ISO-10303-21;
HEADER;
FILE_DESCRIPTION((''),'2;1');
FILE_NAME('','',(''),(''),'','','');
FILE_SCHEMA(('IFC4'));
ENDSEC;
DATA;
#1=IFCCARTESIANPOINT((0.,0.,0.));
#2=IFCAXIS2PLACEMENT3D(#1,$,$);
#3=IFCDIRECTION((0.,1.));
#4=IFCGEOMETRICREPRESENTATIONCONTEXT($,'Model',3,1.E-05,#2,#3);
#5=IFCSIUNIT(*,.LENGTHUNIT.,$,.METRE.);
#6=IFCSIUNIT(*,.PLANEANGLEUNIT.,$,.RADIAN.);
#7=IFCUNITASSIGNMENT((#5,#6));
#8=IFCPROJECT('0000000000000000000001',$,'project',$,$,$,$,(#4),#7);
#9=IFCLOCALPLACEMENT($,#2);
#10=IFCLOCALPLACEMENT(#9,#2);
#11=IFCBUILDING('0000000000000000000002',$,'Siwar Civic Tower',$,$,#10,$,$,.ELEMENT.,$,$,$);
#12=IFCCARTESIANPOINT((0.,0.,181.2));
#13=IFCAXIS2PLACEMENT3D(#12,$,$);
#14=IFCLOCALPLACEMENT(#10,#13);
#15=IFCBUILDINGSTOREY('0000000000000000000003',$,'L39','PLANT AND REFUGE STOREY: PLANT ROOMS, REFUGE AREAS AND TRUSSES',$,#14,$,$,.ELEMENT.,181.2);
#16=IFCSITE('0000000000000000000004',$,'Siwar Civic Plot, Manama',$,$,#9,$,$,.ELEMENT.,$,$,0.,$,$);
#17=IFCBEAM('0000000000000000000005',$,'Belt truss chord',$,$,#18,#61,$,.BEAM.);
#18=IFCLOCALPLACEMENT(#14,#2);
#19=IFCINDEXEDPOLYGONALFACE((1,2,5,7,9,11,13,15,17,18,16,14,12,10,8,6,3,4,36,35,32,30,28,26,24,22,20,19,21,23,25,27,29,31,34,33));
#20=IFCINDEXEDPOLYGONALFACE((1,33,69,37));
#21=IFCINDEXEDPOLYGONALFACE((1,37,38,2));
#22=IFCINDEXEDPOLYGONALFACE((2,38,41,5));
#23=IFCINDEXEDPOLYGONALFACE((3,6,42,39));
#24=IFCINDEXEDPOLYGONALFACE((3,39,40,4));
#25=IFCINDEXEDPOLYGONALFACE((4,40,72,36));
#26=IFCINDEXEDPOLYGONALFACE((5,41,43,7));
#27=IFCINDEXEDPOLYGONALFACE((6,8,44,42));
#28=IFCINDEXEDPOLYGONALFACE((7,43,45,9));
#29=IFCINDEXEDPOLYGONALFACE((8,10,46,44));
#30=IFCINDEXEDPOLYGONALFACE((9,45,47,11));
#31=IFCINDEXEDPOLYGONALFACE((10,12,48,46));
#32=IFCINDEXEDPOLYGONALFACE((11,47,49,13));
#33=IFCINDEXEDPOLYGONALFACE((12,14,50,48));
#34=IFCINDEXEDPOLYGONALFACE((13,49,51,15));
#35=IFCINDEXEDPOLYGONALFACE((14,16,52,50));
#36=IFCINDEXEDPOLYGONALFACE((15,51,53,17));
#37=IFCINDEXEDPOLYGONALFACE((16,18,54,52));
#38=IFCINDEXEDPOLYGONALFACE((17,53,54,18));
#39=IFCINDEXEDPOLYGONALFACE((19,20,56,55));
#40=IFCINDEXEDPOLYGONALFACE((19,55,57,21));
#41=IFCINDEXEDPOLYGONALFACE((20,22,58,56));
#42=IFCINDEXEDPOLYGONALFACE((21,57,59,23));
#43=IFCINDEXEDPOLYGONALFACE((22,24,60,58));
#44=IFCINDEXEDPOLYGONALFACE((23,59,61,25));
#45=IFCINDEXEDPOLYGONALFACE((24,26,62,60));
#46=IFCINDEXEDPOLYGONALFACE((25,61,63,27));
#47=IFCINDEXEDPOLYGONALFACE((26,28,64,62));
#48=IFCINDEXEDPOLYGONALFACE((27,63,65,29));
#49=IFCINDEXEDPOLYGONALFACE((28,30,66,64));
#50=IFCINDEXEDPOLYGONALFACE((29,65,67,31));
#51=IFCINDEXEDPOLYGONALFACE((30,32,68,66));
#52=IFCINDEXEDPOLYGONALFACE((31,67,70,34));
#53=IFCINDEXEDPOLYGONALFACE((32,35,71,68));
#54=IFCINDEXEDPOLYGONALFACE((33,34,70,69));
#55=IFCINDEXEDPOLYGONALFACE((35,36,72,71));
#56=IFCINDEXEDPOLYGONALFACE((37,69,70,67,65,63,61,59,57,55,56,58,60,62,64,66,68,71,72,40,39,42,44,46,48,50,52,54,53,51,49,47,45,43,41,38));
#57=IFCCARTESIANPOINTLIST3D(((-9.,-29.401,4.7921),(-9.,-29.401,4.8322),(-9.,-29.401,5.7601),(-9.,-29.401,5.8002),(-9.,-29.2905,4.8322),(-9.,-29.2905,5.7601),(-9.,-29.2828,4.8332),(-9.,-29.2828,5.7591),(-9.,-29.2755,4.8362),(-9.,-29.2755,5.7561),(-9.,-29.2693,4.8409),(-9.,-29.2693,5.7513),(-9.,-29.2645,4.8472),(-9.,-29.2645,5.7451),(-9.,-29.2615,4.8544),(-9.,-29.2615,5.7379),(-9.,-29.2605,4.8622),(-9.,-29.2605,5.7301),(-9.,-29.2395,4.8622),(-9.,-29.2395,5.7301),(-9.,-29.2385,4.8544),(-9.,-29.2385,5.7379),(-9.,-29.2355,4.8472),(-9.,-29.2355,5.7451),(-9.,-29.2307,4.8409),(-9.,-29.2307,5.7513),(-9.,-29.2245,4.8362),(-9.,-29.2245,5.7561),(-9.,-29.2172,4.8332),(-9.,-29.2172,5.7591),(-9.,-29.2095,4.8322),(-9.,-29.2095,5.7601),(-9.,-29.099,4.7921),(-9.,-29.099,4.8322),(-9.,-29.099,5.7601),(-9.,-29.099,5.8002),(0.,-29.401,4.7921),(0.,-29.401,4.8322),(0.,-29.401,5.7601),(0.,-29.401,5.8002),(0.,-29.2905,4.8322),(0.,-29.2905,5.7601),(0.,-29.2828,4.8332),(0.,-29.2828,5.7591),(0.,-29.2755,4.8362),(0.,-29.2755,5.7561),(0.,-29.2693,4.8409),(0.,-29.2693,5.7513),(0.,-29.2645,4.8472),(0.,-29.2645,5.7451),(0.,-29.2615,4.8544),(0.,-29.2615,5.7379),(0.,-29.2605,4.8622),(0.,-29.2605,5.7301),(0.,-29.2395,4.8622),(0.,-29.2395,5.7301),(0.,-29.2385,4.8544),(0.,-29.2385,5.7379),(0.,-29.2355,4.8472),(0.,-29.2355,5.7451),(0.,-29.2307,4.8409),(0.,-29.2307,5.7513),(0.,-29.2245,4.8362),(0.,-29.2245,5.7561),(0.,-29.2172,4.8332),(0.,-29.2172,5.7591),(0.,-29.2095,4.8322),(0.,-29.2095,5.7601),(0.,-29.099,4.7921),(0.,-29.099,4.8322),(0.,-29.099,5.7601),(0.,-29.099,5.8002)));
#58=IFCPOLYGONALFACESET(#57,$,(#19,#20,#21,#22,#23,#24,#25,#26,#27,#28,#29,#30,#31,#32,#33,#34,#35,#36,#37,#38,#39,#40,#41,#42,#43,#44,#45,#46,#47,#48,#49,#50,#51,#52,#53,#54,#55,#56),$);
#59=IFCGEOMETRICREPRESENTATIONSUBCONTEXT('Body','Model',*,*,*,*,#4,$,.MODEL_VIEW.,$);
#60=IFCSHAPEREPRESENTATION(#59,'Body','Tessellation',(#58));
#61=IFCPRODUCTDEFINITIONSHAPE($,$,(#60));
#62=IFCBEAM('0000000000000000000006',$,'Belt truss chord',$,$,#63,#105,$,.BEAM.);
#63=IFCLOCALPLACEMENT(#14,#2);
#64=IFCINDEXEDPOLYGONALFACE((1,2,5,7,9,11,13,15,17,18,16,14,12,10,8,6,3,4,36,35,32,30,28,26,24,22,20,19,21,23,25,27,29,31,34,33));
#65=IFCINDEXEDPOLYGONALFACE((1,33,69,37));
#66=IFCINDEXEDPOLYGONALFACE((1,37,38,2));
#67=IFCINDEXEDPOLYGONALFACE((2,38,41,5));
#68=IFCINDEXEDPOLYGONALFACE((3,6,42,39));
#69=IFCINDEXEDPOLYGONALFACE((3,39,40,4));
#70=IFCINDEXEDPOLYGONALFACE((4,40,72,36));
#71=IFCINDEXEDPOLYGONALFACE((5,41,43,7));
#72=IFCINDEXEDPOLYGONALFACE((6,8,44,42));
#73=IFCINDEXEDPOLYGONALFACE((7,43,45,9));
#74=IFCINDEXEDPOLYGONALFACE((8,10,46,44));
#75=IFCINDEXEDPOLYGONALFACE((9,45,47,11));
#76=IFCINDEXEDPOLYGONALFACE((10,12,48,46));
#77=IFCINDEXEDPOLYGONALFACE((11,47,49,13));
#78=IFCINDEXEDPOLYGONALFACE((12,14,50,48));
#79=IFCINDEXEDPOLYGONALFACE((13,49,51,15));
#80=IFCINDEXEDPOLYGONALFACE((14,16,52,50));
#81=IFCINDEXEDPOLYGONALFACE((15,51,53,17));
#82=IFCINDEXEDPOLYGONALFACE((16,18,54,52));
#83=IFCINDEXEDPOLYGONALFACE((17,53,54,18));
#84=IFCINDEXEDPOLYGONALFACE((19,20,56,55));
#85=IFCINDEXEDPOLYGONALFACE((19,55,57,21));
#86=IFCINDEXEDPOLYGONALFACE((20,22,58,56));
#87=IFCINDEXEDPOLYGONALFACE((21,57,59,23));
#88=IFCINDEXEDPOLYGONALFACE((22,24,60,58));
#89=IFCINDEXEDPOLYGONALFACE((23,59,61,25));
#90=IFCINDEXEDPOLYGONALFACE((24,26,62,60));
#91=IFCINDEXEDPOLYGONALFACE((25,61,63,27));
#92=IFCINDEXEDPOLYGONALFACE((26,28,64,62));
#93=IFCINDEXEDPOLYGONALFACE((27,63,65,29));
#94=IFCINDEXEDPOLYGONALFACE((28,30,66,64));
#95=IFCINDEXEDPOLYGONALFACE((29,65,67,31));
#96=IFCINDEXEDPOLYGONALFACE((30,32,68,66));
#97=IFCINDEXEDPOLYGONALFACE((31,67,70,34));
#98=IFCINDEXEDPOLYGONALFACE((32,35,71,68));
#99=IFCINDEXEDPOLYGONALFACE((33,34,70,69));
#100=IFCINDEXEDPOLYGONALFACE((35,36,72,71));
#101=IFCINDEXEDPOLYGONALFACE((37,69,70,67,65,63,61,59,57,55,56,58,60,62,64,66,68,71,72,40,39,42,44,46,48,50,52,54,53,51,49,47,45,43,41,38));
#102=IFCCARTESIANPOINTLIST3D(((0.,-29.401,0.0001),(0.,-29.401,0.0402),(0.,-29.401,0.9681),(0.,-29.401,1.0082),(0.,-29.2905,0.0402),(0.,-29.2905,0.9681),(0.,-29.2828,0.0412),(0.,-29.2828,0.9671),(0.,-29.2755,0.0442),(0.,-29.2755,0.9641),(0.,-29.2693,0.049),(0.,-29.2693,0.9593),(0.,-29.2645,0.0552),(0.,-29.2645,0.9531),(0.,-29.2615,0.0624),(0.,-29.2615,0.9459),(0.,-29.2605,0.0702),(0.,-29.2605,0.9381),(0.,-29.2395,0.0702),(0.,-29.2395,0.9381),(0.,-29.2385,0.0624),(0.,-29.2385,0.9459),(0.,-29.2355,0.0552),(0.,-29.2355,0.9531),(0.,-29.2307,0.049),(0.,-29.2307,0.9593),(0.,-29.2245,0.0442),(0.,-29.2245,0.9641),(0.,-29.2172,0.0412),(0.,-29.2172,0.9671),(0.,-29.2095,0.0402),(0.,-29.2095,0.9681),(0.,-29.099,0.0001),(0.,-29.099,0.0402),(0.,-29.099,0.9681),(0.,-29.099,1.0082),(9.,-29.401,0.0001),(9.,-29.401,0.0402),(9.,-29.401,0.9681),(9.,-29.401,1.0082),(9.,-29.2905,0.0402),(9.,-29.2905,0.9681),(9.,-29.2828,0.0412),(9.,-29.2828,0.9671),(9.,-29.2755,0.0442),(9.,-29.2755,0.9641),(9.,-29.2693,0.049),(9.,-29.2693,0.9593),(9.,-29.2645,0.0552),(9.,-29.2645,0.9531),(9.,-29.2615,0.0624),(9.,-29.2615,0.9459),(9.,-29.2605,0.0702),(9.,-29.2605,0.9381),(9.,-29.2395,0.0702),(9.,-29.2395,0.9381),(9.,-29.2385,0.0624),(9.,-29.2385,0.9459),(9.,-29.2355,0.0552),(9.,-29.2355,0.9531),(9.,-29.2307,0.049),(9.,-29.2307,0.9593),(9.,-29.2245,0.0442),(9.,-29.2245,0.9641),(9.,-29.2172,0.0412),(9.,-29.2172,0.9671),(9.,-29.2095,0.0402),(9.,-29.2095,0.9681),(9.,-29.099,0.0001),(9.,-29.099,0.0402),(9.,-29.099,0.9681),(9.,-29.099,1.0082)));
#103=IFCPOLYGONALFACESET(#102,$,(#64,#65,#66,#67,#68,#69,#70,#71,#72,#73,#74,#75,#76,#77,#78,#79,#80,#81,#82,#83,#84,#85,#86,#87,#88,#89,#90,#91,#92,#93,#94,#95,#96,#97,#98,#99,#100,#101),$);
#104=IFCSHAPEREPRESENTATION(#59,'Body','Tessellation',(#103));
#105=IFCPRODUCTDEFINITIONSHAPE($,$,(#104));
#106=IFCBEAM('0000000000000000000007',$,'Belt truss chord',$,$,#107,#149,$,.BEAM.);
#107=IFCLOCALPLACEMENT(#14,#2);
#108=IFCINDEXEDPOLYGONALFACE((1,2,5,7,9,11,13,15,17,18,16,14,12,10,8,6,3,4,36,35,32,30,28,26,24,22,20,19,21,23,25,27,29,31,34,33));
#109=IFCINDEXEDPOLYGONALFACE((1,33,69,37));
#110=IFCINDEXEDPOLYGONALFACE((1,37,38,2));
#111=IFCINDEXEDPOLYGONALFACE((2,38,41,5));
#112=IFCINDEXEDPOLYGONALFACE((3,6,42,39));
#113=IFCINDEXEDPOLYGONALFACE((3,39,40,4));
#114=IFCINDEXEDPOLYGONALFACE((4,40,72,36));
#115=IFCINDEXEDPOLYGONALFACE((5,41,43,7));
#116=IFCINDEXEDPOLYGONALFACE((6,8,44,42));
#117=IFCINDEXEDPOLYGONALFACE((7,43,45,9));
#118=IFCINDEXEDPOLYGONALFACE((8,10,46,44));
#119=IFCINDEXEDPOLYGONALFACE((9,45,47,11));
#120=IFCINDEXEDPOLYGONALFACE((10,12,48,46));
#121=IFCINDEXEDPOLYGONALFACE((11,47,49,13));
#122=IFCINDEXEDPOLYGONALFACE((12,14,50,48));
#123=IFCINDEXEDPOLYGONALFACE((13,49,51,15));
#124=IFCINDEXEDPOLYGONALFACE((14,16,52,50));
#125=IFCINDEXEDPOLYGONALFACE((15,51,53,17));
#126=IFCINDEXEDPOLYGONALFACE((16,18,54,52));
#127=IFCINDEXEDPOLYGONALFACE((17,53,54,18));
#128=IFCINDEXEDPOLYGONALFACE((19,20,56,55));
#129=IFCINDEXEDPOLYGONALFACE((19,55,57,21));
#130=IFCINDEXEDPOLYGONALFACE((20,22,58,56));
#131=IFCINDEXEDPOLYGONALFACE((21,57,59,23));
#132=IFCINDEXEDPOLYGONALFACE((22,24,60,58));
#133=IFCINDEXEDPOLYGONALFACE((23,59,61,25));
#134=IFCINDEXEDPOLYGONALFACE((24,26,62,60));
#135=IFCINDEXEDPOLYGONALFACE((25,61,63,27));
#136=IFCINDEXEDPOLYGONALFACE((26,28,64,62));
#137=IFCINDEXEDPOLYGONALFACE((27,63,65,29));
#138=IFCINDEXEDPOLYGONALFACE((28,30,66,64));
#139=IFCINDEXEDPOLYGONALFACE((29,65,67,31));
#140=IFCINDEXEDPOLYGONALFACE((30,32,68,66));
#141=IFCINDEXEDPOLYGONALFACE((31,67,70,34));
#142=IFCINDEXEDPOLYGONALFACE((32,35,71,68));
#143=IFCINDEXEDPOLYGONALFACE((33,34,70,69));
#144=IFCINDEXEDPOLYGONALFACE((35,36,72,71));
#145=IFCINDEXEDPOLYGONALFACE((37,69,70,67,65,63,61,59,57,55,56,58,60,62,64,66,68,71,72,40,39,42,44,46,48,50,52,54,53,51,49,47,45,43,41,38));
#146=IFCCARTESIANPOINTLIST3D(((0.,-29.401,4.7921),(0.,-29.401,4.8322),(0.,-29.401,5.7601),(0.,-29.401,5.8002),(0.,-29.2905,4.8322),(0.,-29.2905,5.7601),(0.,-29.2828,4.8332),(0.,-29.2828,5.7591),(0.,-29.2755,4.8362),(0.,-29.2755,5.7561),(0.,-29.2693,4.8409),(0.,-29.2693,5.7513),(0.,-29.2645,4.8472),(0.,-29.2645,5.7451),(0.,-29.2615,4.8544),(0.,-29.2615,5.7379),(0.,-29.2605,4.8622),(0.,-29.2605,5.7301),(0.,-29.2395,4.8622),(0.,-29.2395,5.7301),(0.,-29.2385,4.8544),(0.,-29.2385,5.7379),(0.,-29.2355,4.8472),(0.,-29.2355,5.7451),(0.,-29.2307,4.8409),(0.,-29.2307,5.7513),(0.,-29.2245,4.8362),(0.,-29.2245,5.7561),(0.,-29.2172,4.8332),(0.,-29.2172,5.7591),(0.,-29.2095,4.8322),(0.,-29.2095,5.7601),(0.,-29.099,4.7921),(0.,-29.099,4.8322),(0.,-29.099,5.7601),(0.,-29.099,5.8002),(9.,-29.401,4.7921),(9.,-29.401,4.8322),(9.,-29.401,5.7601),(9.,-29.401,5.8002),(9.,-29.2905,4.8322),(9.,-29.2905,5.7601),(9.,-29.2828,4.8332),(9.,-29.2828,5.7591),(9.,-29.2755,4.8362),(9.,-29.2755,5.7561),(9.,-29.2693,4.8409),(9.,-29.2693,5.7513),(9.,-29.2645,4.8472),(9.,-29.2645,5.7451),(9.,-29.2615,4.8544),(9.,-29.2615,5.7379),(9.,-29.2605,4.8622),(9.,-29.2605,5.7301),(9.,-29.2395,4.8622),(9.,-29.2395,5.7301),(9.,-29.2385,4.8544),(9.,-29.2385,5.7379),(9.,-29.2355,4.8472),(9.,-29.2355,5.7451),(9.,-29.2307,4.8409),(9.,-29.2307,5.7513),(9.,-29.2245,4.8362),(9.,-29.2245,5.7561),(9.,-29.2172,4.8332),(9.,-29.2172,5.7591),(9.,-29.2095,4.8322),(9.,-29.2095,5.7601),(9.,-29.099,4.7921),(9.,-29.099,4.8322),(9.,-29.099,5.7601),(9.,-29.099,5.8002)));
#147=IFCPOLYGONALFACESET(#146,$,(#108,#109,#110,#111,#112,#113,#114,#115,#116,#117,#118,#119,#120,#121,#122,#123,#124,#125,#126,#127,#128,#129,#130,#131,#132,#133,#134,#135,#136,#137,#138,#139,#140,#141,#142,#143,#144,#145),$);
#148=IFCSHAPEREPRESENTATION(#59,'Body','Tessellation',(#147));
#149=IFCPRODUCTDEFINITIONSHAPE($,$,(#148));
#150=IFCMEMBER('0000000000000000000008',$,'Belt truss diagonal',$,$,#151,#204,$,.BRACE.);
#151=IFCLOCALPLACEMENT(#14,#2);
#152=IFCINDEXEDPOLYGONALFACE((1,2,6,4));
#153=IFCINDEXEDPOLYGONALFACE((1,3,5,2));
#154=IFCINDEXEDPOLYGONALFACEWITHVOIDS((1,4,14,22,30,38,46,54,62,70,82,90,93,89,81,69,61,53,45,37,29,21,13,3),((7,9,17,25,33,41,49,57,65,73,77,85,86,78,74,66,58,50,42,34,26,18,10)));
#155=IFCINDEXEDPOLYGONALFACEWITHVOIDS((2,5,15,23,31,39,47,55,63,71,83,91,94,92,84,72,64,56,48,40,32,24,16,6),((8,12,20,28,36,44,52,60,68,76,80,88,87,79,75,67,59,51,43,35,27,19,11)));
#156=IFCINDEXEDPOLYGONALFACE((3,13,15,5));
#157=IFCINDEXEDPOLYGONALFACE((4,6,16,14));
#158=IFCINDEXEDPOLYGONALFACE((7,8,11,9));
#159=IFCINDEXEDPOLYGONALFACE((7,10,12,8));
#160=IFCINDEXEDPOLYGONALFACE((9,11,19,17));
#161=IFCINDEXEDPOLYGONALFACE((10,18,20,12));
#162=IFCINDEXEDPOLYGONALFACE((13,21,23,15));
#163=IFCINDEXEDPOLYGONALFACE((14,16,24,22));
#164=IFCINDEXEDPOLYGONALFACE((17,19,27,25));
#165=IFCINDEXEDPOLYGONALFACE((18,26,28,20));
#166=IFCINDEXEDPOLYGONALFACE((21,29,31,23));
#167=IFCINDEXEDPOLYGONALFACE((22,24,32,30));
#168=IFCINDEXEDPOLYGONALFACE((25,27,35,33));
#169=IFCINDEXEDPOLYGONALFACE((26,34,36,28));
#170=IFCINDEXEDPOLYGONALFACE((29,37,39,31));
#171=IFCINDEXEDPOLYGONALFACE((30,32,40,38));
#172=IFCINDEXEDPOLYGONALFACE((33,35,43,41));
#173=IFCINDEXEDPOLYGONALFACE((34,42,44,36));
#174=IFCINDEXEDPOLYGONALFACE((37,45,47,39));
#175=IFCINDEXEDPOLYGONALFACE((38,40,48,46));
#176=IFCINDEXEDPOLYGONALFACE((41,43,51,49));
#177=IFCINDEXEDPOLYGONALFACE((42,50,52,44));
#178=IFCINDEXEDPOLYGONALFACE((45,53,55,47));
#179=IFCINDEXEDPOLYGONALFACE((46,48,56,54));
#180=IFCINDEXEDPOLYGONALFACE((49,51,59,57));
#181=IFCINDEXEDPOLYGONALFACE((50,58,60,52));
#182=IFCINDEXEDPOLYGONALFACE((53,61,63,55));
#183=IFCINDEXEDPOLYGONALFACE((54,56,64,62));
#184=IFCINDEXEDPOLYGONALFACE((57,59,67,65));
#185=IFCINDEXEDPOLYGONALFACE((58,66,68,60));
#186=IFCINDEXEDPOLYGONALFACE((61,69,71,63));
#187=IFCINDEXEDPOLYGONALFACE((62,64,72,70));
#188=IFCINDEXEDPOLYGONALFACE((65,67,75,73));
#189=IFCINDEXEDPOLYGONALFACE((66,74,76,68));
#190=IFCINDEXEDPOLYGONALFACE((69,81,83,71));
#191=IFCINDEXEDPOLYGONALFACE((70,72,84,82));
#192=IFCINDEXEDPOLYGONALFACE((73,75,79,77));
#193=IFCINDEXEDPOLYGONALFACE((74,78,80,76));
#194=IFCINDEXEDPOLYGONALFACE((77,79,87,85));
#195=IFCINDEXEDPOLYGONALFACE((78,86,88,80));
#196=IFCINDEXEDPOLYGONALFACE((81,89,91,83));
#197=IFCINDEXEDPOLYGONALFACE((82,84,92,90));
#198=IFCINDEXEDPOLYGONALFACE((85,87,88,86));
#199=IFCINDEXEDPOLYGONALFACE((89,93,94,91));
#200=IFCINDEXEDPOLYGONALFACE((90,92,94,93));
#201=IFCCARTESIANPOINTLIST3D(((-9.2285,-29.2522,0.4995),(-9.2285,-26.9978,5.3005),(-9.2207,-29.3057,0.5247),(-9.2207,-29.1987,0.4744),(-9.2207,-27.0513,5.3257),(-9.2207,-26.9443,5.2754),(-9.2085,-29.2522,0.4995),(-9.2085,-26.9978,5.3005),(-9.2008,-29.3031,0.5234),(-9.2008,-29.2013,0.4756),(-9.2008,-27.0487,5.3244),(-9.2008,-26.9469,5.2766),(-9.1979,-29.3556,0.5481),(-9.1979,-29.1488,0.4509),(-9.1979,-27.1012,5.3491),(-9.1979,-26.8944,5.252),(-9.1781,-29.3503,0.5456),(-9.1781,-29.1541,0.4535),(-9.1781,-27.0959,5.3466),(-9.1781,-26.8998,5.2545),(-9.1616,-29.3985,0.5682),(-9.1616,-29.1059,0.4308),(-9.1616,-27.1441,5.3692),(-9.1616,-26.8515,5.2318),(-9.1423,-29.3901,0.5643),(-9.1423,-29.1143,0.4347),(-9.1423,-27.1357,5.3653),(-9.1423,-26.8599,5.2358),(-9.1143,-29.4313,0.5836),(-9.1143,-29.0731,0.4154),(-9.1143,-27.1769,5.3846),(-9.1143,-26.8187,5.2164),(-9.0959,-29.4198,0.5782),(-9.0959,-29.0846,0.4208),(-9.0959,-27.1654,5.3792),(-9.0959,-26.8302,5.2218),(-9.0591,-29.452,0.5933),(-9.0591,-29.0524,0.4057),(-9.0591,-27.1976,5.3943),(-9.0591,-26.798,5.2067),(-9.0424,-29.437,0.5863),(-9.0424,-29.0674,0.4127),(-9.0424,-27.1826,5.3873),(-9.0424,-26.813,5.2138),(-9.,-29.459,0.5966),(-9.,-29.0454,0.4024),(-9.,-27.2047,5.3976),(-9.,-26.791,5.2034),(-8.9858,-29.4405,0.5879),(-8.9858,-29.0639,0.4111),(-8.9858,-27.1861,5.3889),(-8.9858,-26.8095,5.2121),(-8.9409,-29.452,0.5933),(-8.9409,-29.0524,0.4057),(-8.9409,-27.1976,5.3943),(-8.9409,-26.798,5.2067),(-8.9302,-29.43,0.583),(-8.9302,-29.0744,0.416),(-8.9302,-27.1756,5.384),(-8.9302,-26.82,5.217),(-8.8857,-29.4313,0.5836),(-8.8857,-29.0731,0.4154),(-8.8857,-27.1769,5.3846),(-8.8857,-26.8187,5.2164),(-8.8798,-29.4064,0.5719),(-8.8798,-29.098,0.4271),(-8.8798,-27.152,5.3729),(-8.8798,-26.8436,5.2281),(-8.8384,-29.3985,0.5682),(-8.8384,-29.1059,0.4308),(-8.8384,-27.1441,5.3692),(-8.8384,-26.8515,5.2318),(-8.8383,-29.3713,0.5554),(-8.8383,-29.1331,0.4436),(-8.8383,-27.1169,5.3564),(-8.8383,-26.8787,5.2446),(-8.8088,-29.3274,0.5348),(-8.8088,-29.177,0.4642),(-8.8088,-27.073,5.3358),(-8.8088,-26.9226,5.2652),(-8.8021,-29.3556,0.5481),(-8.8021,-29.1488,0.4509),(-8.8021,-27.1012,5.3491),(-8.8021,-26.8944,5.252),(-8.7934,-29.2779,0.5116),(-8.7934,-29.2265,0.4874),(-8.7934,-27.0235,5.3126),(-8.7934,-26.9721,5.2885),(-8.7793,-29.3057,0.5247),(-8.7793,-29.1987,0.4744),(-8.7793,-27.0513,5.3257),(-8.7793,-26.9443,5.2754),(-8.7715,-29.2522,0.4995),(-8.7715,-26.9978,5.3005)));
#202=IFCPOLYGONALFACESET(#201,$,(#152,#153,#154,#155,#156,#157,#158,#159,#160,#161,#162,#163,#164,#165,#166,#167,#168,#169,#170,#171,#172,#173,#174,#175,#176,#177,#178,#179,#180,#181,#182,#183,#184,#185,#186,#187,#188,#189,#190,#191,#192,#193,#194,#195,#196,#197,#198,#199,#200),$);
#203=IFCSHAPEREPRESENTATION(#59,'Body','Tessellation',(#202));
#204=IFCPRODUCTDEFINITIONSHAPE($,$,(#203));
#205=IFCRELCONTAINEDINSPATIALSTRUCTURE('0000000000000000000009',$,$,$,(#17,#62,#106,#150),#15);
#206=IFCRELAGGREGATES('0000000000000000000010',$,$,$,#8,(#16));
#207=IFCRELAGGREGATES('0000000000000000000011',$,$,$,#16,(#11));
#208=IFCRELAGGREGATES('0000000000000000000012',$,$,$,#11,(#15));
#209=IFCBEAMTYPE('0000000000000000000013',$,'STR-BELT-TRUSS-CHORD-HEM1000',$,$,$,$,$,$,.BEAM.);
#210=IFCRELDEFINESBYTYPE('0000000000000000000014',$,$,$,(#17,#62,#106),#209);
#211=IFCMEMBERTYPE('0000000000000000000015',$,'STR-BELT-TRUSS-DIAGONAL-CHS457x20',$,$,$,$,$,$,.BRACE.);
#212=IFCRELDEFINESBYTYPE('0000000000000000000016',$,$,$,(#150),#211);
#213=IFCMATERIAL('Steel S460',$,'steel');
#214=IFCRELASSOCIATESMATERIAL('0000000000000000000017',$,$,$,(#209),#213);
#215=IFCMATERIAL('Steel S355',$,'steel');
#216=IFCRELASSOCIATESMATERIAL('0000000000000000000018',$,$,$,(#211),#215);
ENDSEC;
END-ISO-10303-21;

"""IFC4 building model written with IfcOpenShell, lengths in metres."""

from ifc_helpers import new_model, si_unit, direction, frame, origin, origin_2d, place, context, subcontext, project, spatial, hollow_circle, i_section, extrude, material, material_profile, profile_set, type_object, element, save


model = new_model("IFC4")

# Units and contexts
model_context = context("Model", 3, precision=1e-05, world=origin(), true_north=direction((0.0, 1.0)))
body_context = subcontext(model_context, "Body", "Model", "MODEL_VIEW")
ifc_project = project(units=[si_unit("LENGTHUNIT", "METRE"), si_unit("PLANEANGLEUNIT", "RADIAN")], contexts=[model_context])

# Site, building, storey
site_placement = place(None, origin())
site = spatial("IfcSite", under=ifc_project, at=site_placement, Name="Siwar Civic Plot, Manama", CompositionType="ELEMENT", RefElevation=0.0)
building_placement = place(site_placement, origin())
building = spatial("IfcBuilding", under=site, at=building_placement, Name="Siwar Civic Tower", CompositionType="ELEMENT")
storey_placement = place(building_placement, frame((0.0, 0.0, 181.2)))
storey = spatial("IfcBuildingStorey", under=building, at=storey_placement, Name="L39", Description="PLANT AND REFUGE STOREY: PLANT ROOMS, REFUGE AREAS AND TRUSSES", CompositionType="ELEMENT", Elevation=181.2)

# Beams
ifc_material_1 = material(Name="Steel S460", Category="steel")
ifc_material_profile_1 = material_profile(ifc_material_1, i_section(OverallWidth=0.302, OverallDepth=1.0081, WebThickness=0.021, FlangeThickness=0.04, FilletRadius=0.03, at=origin_2d()), Name="HEM1000")
ifc_profile_set_1 = profile_set([ifc_material_profile_1], Name="Steel S460")
beam_type_1 = type_object("IfcBeamType", Name="STR-BELT-TRUSS-CHORD-HEM1000", PredefinedType="BEAM", material=ifc_profile_set_1)
for number, where, z_axis, x_axis, name in (
    (1, (-9.0, -29.25, 5.2961), (1.0, 0.0, 0.0), (0.0, 1.0, 0.0), "Belt truss chord"),
    (2, (0.0, -29.25, 0.5042), (1.0, 0.0, 0.0), (0.0, 1.0, 0.0), "Belt truss chord"),
    (3, (0.0, -29.25, 5.2961), (1.0, 0.0, 0.0), (0.0, 1.0, 0.0), "Belt truss chord"),
):
    element("IfcBeam", number, at=place(storey_placement, frame(where, z_axis=z_axis, x_axis=x_axis)), inside=storey, type_object=beam_type_1, Name=name, PredefinedType="BEAM", context=body_context, shape_type="SweptSolid", body=[
        extrude(i_section(OverallWidth=0.302, OverallDepth=1.0081, WebThickness=0.021, FlangeThickness=0.04, FilletRadius=0.03, at=origin_2d()), origin(), (0.0, 0.0, 1.0), 9.0),
    ])

# Member
ifc_material_2 = material(Name="Steel S355", Category="steel")
ifc_material_profile_2 = material_profile(ifc_material_2, hollow_circle(Radius=0.2285, WallThickness=0.02, at=origin_2d()), Name="CHS457x20")
ifc_profile_set_2 = profile_set([ifc_material_profile_2], Name="Steel S355")
member_type_1 = type_object("IfcMemberType", Name="STR-BELT-TRUSS-DIAGONAL-CHS457x20", PredefinedType="BRACE", material=ifc_profile_set_2)
member_1_placement = place(storey_placement, frame((-9.0, -29.2522, 0.4995), z_axis=(0.0, 0.425039, 0.905175), x_axis=(-1.0, 0.0, 0.0)))
element("IfcMember", 4, at=member_1_placement, inside=storey, type_object=member_type_1, Name="Belt truss diagonal", PredefinedType="BRACE", context=body_context, shape_type="SweptSolid", body=[
    extrude(hollow_circle(Radius=0.2285, WallThickness=0.02, at=origin_2d()), origin(), (0.0, 0.0, 1.0), 5.304),
])

save(model, "model.ifc")
